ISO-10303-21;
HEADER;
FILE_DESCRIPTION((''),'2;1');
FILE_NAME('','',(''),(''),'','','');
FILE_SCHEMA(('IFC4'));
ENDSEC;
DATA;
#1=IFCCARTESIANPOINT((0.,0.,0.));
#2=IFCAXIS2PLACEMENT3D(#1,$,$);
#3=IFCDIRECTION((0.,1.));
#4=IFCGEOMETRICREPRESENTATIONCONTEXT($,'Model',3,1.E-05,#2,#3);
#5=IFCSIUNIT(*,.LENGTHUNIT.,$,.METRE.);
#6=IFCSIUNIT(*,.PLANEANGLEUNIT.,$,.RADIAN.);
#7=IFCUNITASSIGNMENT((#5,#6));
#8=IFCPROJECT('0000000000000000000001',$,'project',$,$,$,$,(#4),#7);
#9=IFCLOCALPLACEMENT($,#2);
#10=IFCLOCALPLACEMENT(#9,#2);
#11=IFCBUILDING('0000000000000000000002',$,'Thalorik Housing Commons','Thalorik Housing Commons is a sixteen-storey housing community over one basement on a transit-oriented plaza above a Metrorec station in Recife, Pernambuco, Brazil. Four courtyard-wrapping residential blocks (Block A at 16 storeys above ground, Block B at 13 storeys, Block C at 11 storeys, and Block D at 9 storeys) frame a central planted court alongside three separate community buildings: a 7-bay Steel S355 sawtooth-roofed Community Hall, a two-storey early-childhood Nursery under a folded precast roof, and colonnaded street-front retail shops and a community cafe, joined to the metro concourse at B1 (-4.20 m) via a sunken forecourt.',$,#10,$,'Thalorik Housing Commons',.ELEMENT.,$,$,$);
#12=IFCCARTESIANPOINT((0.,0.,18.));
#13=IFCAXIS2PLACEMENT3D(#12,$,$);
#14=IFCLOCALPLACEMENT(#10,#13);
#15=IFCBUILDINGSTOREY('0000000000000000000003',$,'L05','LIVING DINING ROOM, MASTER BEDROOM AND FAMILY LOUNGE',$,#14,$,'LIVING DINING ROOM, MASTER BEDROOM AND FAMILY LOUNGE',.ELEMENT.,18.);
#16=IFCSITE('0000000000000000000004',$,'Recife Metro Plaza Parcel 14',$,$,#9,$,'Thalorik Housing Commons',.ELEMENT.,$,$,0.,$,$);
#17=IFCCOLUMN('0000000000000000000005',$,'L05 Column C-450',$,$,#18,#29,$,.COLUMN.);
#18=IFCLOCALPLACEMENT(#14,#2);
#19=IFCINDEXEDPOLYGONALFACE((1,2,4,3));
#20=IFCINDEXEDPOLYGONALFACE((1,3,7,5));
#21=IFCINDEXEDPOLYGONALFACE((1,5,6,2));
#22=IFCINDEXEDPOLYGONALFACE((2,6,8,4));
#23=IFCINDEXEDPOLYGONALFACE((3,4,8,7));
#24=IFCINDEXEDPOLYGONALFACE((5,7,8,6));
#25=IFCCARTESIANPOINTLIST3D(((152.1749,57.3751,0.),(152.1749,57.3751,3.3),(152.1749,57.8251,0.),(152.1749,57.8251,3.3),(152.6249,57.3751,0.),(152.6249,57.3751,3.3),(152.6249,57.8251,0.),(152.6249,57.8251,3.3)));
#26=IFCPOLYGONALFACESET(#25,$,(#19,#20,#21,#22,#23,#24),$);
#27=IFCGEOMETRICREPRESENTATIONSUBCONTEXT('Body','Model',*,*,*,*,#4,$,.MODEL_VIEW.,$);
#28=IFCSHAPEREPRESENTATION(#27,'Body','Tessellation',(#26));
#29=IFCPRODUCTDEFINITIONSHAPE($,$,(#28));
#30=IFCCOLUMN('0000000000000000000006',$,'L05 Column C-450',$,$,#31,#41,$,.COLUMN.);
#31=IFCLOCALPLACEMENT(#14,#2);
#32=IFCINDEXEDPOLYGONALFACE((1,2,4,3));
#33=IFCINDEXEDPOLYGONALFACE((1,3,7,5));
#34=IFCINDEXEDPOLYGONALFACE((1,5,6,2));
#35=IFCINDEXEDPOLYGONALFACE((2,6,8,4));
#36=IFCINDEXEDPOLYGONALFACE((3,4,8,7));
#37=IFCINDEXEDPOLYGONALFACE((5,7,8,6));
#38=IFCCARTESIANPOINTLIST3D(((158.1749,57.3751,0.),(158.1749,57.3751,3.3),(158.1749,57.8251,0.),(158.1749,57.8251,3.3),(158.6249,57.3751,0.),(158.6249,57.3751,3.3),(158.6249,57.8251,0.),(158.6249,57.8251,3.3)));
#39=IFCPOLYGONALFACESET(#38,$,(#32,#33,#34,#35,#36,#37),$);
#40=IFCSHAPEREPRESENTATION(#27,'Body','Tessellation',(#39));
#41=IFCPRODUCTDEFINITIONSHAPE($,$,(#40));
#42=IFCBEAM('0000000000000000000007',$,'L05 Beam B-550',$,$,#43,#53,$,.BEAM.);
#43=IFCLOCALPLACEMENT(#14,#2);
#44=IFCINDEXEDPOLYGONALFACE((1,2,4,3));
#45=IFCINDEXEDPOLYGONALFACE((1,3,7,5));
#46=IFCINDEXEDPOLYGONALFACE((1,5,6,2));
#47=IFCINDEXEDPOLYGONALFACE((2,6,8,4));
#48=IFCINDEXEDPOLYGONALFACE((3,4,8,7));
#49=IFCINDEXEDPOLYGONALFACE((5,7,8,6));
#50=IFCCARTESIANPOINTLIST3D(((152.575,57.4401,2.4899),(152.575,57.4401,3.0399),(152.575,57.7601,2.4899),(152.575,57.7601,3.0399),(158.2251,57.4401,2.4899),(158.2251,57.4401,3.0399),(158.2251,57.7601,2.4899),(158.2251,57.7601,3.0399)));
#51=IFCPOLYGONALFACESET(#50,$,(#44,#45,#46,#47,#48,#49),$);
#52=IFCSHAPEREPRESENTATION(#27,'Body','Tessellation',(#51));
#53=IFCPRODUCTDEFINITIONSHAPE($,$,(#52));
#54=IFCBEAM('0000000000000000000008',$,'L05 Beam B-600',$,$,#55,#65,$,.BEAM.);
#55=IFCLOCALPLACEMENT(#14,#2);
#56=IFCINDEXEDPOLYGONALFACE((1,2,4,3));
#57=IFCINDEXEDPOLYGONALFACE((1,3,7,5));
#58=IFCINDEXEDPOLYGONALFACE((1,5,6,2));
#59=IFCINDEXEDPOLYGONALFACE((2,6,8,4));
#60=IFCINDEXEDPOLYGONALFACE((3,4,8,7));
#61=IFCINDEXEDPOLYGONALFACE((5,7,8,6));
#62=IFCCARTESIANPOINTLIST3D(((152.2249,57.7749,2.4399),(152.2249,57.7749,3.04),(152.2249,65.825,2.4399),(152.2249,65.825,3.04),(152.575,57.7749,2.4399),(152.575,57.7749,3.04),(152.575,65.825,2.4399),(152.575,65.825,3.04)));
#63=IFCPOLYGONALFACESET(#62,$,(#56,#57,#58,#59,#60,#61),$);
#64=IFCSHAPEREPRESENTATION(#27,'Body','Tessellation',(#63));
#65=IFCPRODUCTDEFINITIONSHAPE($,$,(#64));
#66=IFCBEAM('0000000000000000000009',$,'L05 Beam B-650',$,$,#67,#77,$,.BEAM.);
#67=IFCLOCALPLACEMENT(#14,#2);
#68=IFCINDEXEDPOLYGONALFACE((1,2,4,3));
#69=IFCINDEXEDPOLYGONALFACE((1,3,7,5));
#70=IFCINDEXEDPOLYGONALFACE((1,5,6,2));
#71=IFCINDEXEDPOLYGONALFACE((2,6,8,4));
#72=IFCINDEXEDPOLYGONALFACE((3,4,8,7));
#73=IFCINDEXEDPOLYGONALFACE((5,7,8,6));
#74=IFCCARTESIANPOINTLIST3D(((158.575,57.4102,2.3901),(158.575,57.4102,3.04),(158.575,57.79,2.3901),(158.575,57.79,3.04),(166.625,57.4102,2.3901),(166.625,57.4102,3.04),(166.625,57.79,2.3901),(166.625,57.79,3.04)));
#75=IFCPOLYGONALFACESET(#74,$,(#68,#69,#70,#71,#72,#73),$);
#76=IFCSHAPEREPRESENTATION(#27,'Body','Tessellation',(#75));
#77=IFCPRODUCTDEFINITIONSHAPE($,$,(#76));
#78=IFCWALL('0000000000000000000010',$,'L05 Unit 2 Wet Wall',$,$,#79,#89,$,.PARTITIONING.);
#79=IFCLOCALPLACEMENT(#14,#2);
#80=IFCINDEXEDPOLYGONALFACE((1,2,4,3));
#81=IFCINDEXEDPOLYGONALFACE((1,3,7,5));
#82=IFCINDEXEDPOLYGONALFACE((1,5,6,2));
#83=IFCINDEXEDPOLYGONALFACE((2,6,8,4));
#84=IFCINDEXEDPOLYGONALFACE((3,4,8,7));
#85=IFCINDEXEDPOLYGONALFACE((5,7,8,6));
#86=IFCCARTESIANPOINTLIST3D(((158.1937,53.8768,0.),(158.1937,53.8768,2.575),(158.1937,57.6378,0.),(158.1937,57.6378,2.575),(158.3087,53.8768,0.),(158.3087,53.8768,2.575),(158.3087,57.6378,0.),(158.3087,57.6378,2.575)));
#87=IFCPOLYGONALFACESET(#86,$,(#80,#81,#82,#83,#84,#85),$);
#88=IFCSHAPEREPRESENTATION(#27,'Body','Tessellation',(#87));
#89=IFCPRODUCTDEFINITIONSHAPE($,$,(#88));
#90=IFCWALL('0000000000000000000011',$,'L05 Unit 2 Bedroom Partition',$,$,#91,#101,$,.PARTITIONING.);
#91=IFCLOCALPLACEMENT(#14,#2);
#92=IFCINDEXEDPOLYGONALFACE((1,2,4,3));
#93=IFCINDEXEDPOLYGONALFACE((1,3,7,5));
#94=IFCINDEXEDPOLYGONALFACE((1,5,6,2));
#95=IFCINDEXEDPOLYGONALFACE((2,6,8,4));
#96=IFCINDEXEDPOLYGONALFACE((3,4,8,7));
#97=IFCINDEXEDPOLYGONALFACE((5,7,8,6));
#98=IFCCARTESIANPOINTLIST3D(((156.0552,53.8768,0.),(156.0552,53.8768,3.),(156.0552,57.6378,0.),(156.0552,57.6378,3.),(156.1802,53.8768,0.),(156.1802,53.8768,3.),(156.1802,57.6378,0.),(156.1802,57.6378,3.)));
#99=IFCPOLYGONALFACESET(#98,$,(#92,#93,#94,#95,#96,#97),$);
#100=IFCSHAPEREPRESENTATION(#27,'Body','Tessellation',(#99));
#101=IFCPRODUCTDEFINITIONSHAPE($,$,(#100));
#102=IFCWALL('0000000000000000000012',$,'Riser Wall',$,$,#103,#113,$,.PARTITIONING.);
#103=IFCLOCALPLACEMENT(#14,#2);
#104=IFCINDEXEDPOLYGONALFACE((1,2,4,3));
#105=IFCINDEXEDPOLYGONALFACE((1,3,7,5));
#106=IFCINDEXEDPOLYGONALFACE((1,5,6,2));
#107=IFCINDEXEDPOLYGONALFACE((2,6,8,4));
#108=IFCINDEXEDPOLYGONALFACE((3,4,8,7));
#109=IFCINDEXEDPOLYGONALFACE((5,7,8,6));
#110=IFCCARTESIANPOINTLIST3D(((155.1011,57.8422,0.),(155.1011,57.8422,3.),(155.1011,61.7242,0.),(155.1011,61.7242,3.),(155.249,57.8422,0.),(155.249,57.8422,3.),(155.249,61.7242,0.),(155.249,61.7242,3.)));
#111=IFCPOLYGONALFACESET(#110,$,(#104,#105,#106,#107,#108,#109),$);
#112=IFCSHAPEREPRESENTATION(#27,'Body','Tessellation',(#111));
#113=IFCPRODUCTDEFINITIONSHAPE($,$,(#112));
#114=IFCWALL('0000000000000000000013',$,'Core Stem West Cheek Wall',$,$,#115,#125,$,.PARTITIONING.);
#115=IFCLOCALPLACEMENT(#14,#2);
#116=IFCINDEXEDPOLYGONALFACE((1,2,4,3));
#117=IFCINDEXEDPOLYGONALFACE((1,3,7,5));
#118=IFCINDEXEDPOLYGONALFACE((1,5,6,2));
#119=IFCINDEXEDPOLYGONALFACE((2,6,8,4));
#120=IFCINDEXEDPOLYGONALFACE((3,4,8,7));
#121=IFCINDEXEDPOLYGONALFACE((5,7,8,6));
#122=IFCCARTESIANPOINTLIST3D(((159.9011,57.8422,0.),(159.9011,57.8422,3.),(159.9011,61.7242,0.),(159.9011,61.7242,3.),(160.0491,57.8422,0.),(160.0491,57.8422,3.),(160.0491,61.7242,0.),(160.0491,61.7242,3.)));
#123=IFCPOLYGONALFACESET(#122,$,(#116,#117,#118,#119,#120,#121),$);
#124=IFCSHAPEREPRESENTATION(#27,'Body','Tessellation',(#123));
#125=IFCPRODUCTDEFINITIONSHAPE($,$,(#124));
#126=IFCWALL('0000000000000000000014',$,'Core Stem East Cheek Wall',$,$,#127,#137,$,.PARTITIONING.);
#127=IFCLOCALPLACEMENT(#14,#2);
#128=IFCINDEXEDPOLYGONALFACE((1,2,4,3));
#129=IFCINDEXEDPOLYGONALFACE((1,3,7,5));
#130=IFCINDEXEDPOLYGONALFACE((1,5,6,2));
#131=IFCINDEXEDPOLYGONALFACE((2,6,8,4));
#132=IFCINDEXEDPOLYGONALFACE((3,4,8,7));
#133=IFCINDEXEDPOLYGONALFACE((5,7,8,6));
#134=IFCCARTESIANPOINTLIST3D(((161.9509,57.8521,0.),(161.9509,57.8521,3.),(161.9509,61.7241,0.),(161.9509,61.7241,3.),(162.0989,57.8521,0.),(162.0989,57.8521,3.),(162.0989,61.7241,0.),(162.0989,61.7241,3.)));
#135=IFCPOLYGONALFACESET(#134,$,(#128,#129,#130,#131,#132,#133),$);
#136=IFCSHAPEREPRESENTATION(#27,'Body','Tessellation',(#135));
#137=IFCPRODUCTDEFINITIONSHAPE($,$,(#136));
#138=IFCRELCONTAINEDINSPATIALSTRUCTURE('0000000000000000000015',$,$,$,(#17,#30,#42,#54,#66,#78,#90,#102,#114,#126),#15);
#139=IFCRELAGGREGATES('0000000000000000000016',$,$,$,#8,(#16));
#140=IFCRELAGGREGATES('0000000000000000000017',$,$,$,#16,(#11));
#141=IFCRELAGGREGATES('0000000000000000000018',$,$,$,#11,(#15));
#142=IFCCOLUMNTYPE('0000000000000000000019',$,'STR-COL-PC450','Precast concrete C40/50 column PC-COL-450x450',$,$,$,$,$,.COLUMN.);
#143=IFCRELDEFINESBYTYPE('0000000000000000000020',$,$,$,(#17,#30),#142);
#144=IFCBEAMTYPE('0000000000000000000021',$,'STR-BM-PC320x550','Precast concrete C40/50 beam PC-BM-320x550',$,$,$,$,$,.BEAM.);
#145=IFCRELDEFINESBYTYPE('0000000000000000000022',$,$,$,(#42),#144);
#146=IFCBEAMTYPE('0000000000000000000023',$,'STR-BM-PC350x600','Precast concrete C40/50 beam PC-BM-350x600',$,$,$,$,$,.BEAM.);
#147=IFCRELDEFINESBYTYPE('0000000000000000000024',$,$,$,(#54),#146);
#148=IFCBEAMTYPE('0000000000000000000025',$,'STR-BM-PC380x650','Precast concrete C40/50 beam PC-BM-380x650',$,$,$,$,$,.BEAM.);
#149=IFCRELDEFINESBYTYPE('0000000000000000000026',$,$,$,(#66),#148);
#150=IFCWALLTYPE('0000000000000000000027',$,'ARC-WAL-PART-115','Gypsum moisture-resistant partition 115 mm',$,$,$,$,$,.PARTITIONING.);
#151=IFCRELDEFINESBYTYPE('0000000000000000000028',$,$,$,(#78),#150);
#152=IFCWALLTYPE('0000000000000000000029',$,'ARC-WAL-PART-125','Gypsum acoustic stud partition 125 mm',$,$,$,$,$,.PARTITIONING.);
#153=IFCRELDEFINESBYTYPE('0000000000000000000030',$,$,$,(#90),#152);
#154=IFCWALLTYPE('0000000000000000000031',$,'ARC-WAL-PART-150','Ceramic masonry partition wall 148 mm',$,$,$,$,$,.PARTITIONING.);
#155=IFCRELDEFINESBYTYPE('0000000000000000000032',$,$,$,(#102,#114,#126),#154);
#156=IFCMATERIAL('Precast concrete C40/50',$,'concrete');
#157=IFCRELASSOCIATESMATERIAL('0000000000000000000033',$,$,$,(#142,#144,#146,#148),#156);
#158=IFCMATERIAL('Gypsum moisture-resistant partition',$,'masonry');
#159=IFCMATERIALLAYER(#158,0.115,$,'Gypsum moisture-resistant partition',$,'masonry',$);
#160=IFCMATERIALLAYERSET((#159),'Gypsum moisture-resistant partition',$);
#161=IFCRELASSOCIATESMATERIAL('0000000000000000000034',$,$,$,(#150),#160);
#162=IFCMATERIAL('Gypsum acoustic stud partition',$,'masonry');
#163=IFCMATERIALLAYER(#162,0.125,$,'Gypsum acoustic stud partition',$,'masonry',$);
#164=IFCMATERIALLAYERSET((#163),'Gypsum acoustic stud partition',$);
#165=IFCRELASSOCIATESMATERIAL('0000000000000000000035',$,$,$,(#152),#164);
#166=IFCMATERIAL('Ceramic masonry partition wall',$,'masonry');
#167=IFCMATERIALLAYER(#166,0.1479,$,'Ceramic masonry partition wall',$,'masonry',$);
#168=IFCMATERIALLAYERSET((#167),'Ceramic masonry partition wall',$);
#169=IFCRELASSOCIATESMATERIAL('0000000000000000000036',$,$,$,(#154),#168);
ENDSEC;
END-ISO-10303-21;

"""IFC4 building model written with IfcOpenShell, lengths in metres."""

from ifc_helpers import new_model, si_unit, direction, frame, frame_2d, origin, origin_2d, place, context, subcontext, project, spatial, rectangle, extrude, material, layer, layer_set, material_profile, profile_set, type_object, element, save


model = new_model("IFC4")

# Units and contexts
model_context = context("Model", 3, precision=1e-05, world=origin(), true_north=direction((0.0, 1.0)))
body_context = subcontext(model_context, "Body", "Model", "MODEL_VIEW")
ifc_project = project(units=[si_unit("LENGTHUNIT", "METRE"), si_unit("PLANEANGLEUNIT", "RADIAN")], contexts=[model_context])

# Site, building, storey
site_placement = place(None, origin())
site = spatial("IfcSite", under=ifc_project, at=site_placement, Name="Recife Metro Plaza Parcel 14", LongName="Thalorik Housing Commons", CompositionType="ELEMENT", RefElevation=0.0)
building_placement = place(site_placement, origin())
building = spatial("IfcBuilding", under=site, at=building_placement, Name="Thalorik Housing Commons", Description="Thalorik Housing Commons is a sixteen-storey housing community over one basement on a transit-oriented plaza above a Metrorec station in Recife, Pernambuco, Brazil. Four courtyard-wrapping residential blocks (Block A at 16 storeys above ground, Block B at 13 storeys, Block C at 11 storeys, and Block D at 9 storeys) frame a central planted court alongside three separate community buildings: a 7-bay Steel S355 sawtooth-roofed Community Hall, a two-storey early-childhood Nursery under a folded precast roof, and colonnaded street-front retail shops and a community cafe, joined to the metro concourse at B1 (-4.20 m) via a sunken forecourt.", LongName="Thalorik Housing Commons", CompositionType="ELEMENT")
storey_placement = place(building_placement, frame((0.0, 0.0, 18.0)))
storey = spatial("IfcBuildingStorey", under=building, at=storey_placement, Name="L05", Description="LIVING DINING ROOM, MASTER BEDROOM AND FAMILY LOUNGE", LongName="LIVING DINING ROOM, MASTER BEDROOM AND FAMILY LOUNGE", CompositionType="ELEMENT", Elevation=18.0)

# Columns
ifc_material_1 = material(Name="Precast concrete C40/50", Category="concrete")
ifc_material_profile_1 = material_profile(ifc_material_1, rectangle(XDim=0.45, YDim=0.45, at=origin_2d()), Name="PC 450x450", Category="concrete")
ifc_profile_set_1 = profile_set([ifc_material_profile_1], Name="Precast concrete C40/50")
column_type = type_object("IfcColumnType", Name="STR-COL-PC450", Description="Precast concrete C40/50 column PC-COL-450x450", PredefinedType="COLUMN", material=ifc_profile_set_1)
for number, where, z_axis, x_axis, name in (
    (1, (152.3999, 57.6001, 0.0), (0.0, 0.0, 1.0), (1.0, 0.0, 0.0), "L05 Column C-450"),
    (2, (158.3999, 57.6001, 0.0), (0.0, 0.0, 1.0), (1.0, 0.0, 0.0), "L05 Column C-450"),
):
    element("IfcColumn", number, at=place(storey_placement, frame(where, z_axis=z_axis, x_axis=x_axis)), inside=storey, type_object=column_type, Name=name, PredefinedType="COLUMN", context=body_context, shape_type="SweptSolid", body=[
        extrude(rectangle(XDim=0.45, YDim=0.45, at=origin_2d()), origin(), (0.0, 0.0, 1.0), 3.3),
    ])

# Beams
ifc_material_profile_2 = material_profile(ifc_material_1, rectangle(XDim=0.3201, YDim=0.55, at=origin_2d()), Name="PC 320x550", Category="concrete")
ifc_profile_set_2 = profile_set([ifc_material_profile_2], Name="Precast concrete C40/50")
beam_type_1 = type_object("IfcBeamType", Name="STR-BM-PC320x550", Description="Precast concrete C40/50 beam PC-BM-320x550", PredefinedType="BEAM", material=ifc_profile_set_2)
beam_1_placement = place(storey_placement, frame((152.575, 57.6001, 2.7649), z_axis=(1.0, 0.0, 0.0), x_axis=(0.0, 1.0, 0.0)))
element("IfcBeam", 3, at=beam_1_placement, inside=storey, type_object=beam_type_1, Name="L05 Beam B-550", PredefinedType="BEAM", context=body_context, shape_type="SweptSolid", body=[
    extrude(rectangle(XDim=0.3201, YDim=0.55, at=origin_2d()), origin(), (0.0, 0.0, 1.0), 5.6501),
])
ifc_material_profile_3 = material_profile(ifc_material_1, rectangle(XDim=0.3501, YDim=0.6001, at=origin_2d()), Name="PC 350x600", Category="concrete")
ifc_profile_set_3 = profile_set([ifc_material_profile_3], Name="Precast concrete C40/50")
beam_type_2 = type_object("IfcBeamType", Name="STR-BM-PC350x600", Description="Precast concrete C40/50 beam PC-BM-350x600", PredefinedType="BEAM", material=ifc_profile_set_3)
beam_2_placement = place(storey_placement, frame((152.3999, 57.7749, 2.74), z_axis=(0.0, 1.0, 0.0), x_axis=(-1.0, 0.0, 0.0)))
element("IfcBeam", 4, at=beam_2_placement, inside=storey, type_object=beam_type_2, Name="L05 Beam B-600", PredefinedType="BEAM", context=body_context, shape_type="SweptSolid", body=[
    extrude(rectangle(XDim=0.3501, YDim=0.6001, at=origin_2d()), origin(), (0.0, 0.0, 1.0), 8.05),
])
ifc_material_profile_4 = material_profile(ifc_material_1, rectangle(XDim=0.3799, YDim=0.6499, at=origin_2d()), Name="PC 380x650", Category="concrete")
ifc_profile_set_4 = profile_set([ifc_material_profile_4], Name="Precast concrete C40/50")
beam_type_3 = type_object("IfcBeamType", Name="STR-BM-PC380x650", Description="Precast concrete C40/50 beam PC-BM-380x650", PredefinedType="BEAM", material=ifc_profile_set_4)
beam_3_placement = place(storey_placement, frame((158.575, 57.6001, 2.7151), z_axis=(1.0, 0.0, 0.0), x_axis=(0.0, 1.0, 0.0)))
element("IfcBeam", 5, at=beam_3_placement, inside=storey, type_object=beam_type_3, Name="L05 Beam B-650", PredefinedType="BEAM", context=body_context, shape_type="SweptSolid", body=[
    extrude(rectangle(XDim=0.3799, YDim=0.6499, at=origin_2d()), origin(), (0.0, 0.0, 1.0), 8.05),
])

# Walls
ifc_material_2 = material(Name="Gypsum moisture-resistant partition", Category="masonry")
ifc_layer_1 = layer(ifc_material_2, 0.115, Name="Gypsum moisture-resistant partition", Category="masonry")
ifc_layer_set_1 = layer_set([ifc_layer_1], Name="Gypsum moisture-resistant partition")
wall_type_1 = type_object("IfcWallType", Name="ARC-WAL-PART-115", Description="Gypsum moisture-resistant partition 115 mm", PredefinedType="PARTITIONING", material=ifc_layer_set_1)
wall_1_placement = place(storey_placement, frame((158.2512, 53.877, 0.0), z_axis=(0.0, 0.0, 1.0), x_axis=(0.0, 1.0, 0.0)))
element("IfcWall", 6, at=wall_1_placement, inside=storey, type_object=wall_type_1, Name="L05 Unit 2 Wet Wall", PredefinedType="PARTITIONING", context=body_context, shape_type="SweptSolid", body=[
    extrude(rectangle(XDim=3.761, YDim=0.115, at=frame_2d((1.8804, 0.0))), origin(), (0.0, 0.0, 1.0), 2.575),
])
ifc_material_3 = material(Name="Gypsum acoustic stud partition", Category="masonry")
ifc_layer_2 = layer(ifc_material_3, 0.125, Name="Gypsum acoustic stud partition", Category="masonry")
ifc_layer_set_2 = layer_set([ifc_layer_2], Name="Gypsum acoustic stud partition")
wall_type_2 = type_object("IfcWallType", Name="ARC-WAL-PART-125", Description="Gypsum acoustic stud partition 125 mm", PredefinedType="PARTITIONING", material=ifc_layer_set_2)
wall_2_placement = place(storey_placement, frame((156.1177, 53.877, 0.0), z_axis=(0.0, 0.0, 1.0), x_axis=(0.0, 1.0, 0.0)))
element("IfcWall", 7, at=wall_2_placement, inside=storey, type_object=wall_type_2, Name="L05 Unit 2 Bedroom Partition", PredefinedType="PARTITIONING", context=body_context, shape_type="SweptSolid", body=[
    extrude(rectangle(XDim=3.761, YDim=0.125, at=frame_2d((1.8804, 0.0))), origin(), (0.0, 0.0, 1.0), 3.0),
])
ifc_material_4 = material(Name="Ceramic masonry partition wall", Category="masonry")
ifc_layer_3 = layer(ifc_material_4, 0.1479, Name="Ceramic masonry partition wall", Category="masonry")
ifc_layer_set_3 = layer_set([ifc_layer_3], Name="Ceramic masonry partition wall")
wall_type_3 = type_object("IfcWallType", Name="ARC-WAL-PART-150", Description="Ceramic masonry partition wall 148 mm", PredefinedType="PARTITIONING", material=ifc_layer_set_3)
for number, where, z_axis, x_axis, name in (
    (8, (155.175, 61.7241, 0.0), (0.0, 0.0, 1.0), (0.0, -1.0, 0.0), "Riser Wall"),
    (9, (159.9751, 61.7241, 0.0), (0.0, 0.0, 1.0), (0.0, -1.0, 0.0), "Core Stem West Cheek Wall"),
):
    element("IfcWall", number, at=place(storey_placement, frame(where, z_axis=z_axis, x_axis=x_axis)), inside=storey, type_object=wall_type_3, Name=name, PredefinedType="PARTITIONING", context=body_context, shape_type="SweptSolid", body=[
        extrude(rectangle(XDim=3.8821, YDim=0.1479, at=frame_2d((1.9409, 0.0))), origin(), (0.0, 0.0, 1.0), 3.0),
    ])
wall_3_placement = place(storey_placement, frame((162.0249, 61.7241, 0.0), z_axis=(0.0, 0.0, 1.0), x_axis=(0.0, -1.0, 0.0)))
element("IfcWall", 10, at=wall_3_placement, inside=storey, type_object=wall_type_3, Name="Core Stem East Cheek Wall", PredefinedType="PARTITIONING", context=body_context, shape_type="SweptSolid", body=[
    extrude(rectangle(XDim=3.8721, YDim=0.1479, at=frame_2d((1.936, 0.0))), origin(), (0.0, 0.0, 1.0), 3.0),
])

save(model, "model.ifc")
